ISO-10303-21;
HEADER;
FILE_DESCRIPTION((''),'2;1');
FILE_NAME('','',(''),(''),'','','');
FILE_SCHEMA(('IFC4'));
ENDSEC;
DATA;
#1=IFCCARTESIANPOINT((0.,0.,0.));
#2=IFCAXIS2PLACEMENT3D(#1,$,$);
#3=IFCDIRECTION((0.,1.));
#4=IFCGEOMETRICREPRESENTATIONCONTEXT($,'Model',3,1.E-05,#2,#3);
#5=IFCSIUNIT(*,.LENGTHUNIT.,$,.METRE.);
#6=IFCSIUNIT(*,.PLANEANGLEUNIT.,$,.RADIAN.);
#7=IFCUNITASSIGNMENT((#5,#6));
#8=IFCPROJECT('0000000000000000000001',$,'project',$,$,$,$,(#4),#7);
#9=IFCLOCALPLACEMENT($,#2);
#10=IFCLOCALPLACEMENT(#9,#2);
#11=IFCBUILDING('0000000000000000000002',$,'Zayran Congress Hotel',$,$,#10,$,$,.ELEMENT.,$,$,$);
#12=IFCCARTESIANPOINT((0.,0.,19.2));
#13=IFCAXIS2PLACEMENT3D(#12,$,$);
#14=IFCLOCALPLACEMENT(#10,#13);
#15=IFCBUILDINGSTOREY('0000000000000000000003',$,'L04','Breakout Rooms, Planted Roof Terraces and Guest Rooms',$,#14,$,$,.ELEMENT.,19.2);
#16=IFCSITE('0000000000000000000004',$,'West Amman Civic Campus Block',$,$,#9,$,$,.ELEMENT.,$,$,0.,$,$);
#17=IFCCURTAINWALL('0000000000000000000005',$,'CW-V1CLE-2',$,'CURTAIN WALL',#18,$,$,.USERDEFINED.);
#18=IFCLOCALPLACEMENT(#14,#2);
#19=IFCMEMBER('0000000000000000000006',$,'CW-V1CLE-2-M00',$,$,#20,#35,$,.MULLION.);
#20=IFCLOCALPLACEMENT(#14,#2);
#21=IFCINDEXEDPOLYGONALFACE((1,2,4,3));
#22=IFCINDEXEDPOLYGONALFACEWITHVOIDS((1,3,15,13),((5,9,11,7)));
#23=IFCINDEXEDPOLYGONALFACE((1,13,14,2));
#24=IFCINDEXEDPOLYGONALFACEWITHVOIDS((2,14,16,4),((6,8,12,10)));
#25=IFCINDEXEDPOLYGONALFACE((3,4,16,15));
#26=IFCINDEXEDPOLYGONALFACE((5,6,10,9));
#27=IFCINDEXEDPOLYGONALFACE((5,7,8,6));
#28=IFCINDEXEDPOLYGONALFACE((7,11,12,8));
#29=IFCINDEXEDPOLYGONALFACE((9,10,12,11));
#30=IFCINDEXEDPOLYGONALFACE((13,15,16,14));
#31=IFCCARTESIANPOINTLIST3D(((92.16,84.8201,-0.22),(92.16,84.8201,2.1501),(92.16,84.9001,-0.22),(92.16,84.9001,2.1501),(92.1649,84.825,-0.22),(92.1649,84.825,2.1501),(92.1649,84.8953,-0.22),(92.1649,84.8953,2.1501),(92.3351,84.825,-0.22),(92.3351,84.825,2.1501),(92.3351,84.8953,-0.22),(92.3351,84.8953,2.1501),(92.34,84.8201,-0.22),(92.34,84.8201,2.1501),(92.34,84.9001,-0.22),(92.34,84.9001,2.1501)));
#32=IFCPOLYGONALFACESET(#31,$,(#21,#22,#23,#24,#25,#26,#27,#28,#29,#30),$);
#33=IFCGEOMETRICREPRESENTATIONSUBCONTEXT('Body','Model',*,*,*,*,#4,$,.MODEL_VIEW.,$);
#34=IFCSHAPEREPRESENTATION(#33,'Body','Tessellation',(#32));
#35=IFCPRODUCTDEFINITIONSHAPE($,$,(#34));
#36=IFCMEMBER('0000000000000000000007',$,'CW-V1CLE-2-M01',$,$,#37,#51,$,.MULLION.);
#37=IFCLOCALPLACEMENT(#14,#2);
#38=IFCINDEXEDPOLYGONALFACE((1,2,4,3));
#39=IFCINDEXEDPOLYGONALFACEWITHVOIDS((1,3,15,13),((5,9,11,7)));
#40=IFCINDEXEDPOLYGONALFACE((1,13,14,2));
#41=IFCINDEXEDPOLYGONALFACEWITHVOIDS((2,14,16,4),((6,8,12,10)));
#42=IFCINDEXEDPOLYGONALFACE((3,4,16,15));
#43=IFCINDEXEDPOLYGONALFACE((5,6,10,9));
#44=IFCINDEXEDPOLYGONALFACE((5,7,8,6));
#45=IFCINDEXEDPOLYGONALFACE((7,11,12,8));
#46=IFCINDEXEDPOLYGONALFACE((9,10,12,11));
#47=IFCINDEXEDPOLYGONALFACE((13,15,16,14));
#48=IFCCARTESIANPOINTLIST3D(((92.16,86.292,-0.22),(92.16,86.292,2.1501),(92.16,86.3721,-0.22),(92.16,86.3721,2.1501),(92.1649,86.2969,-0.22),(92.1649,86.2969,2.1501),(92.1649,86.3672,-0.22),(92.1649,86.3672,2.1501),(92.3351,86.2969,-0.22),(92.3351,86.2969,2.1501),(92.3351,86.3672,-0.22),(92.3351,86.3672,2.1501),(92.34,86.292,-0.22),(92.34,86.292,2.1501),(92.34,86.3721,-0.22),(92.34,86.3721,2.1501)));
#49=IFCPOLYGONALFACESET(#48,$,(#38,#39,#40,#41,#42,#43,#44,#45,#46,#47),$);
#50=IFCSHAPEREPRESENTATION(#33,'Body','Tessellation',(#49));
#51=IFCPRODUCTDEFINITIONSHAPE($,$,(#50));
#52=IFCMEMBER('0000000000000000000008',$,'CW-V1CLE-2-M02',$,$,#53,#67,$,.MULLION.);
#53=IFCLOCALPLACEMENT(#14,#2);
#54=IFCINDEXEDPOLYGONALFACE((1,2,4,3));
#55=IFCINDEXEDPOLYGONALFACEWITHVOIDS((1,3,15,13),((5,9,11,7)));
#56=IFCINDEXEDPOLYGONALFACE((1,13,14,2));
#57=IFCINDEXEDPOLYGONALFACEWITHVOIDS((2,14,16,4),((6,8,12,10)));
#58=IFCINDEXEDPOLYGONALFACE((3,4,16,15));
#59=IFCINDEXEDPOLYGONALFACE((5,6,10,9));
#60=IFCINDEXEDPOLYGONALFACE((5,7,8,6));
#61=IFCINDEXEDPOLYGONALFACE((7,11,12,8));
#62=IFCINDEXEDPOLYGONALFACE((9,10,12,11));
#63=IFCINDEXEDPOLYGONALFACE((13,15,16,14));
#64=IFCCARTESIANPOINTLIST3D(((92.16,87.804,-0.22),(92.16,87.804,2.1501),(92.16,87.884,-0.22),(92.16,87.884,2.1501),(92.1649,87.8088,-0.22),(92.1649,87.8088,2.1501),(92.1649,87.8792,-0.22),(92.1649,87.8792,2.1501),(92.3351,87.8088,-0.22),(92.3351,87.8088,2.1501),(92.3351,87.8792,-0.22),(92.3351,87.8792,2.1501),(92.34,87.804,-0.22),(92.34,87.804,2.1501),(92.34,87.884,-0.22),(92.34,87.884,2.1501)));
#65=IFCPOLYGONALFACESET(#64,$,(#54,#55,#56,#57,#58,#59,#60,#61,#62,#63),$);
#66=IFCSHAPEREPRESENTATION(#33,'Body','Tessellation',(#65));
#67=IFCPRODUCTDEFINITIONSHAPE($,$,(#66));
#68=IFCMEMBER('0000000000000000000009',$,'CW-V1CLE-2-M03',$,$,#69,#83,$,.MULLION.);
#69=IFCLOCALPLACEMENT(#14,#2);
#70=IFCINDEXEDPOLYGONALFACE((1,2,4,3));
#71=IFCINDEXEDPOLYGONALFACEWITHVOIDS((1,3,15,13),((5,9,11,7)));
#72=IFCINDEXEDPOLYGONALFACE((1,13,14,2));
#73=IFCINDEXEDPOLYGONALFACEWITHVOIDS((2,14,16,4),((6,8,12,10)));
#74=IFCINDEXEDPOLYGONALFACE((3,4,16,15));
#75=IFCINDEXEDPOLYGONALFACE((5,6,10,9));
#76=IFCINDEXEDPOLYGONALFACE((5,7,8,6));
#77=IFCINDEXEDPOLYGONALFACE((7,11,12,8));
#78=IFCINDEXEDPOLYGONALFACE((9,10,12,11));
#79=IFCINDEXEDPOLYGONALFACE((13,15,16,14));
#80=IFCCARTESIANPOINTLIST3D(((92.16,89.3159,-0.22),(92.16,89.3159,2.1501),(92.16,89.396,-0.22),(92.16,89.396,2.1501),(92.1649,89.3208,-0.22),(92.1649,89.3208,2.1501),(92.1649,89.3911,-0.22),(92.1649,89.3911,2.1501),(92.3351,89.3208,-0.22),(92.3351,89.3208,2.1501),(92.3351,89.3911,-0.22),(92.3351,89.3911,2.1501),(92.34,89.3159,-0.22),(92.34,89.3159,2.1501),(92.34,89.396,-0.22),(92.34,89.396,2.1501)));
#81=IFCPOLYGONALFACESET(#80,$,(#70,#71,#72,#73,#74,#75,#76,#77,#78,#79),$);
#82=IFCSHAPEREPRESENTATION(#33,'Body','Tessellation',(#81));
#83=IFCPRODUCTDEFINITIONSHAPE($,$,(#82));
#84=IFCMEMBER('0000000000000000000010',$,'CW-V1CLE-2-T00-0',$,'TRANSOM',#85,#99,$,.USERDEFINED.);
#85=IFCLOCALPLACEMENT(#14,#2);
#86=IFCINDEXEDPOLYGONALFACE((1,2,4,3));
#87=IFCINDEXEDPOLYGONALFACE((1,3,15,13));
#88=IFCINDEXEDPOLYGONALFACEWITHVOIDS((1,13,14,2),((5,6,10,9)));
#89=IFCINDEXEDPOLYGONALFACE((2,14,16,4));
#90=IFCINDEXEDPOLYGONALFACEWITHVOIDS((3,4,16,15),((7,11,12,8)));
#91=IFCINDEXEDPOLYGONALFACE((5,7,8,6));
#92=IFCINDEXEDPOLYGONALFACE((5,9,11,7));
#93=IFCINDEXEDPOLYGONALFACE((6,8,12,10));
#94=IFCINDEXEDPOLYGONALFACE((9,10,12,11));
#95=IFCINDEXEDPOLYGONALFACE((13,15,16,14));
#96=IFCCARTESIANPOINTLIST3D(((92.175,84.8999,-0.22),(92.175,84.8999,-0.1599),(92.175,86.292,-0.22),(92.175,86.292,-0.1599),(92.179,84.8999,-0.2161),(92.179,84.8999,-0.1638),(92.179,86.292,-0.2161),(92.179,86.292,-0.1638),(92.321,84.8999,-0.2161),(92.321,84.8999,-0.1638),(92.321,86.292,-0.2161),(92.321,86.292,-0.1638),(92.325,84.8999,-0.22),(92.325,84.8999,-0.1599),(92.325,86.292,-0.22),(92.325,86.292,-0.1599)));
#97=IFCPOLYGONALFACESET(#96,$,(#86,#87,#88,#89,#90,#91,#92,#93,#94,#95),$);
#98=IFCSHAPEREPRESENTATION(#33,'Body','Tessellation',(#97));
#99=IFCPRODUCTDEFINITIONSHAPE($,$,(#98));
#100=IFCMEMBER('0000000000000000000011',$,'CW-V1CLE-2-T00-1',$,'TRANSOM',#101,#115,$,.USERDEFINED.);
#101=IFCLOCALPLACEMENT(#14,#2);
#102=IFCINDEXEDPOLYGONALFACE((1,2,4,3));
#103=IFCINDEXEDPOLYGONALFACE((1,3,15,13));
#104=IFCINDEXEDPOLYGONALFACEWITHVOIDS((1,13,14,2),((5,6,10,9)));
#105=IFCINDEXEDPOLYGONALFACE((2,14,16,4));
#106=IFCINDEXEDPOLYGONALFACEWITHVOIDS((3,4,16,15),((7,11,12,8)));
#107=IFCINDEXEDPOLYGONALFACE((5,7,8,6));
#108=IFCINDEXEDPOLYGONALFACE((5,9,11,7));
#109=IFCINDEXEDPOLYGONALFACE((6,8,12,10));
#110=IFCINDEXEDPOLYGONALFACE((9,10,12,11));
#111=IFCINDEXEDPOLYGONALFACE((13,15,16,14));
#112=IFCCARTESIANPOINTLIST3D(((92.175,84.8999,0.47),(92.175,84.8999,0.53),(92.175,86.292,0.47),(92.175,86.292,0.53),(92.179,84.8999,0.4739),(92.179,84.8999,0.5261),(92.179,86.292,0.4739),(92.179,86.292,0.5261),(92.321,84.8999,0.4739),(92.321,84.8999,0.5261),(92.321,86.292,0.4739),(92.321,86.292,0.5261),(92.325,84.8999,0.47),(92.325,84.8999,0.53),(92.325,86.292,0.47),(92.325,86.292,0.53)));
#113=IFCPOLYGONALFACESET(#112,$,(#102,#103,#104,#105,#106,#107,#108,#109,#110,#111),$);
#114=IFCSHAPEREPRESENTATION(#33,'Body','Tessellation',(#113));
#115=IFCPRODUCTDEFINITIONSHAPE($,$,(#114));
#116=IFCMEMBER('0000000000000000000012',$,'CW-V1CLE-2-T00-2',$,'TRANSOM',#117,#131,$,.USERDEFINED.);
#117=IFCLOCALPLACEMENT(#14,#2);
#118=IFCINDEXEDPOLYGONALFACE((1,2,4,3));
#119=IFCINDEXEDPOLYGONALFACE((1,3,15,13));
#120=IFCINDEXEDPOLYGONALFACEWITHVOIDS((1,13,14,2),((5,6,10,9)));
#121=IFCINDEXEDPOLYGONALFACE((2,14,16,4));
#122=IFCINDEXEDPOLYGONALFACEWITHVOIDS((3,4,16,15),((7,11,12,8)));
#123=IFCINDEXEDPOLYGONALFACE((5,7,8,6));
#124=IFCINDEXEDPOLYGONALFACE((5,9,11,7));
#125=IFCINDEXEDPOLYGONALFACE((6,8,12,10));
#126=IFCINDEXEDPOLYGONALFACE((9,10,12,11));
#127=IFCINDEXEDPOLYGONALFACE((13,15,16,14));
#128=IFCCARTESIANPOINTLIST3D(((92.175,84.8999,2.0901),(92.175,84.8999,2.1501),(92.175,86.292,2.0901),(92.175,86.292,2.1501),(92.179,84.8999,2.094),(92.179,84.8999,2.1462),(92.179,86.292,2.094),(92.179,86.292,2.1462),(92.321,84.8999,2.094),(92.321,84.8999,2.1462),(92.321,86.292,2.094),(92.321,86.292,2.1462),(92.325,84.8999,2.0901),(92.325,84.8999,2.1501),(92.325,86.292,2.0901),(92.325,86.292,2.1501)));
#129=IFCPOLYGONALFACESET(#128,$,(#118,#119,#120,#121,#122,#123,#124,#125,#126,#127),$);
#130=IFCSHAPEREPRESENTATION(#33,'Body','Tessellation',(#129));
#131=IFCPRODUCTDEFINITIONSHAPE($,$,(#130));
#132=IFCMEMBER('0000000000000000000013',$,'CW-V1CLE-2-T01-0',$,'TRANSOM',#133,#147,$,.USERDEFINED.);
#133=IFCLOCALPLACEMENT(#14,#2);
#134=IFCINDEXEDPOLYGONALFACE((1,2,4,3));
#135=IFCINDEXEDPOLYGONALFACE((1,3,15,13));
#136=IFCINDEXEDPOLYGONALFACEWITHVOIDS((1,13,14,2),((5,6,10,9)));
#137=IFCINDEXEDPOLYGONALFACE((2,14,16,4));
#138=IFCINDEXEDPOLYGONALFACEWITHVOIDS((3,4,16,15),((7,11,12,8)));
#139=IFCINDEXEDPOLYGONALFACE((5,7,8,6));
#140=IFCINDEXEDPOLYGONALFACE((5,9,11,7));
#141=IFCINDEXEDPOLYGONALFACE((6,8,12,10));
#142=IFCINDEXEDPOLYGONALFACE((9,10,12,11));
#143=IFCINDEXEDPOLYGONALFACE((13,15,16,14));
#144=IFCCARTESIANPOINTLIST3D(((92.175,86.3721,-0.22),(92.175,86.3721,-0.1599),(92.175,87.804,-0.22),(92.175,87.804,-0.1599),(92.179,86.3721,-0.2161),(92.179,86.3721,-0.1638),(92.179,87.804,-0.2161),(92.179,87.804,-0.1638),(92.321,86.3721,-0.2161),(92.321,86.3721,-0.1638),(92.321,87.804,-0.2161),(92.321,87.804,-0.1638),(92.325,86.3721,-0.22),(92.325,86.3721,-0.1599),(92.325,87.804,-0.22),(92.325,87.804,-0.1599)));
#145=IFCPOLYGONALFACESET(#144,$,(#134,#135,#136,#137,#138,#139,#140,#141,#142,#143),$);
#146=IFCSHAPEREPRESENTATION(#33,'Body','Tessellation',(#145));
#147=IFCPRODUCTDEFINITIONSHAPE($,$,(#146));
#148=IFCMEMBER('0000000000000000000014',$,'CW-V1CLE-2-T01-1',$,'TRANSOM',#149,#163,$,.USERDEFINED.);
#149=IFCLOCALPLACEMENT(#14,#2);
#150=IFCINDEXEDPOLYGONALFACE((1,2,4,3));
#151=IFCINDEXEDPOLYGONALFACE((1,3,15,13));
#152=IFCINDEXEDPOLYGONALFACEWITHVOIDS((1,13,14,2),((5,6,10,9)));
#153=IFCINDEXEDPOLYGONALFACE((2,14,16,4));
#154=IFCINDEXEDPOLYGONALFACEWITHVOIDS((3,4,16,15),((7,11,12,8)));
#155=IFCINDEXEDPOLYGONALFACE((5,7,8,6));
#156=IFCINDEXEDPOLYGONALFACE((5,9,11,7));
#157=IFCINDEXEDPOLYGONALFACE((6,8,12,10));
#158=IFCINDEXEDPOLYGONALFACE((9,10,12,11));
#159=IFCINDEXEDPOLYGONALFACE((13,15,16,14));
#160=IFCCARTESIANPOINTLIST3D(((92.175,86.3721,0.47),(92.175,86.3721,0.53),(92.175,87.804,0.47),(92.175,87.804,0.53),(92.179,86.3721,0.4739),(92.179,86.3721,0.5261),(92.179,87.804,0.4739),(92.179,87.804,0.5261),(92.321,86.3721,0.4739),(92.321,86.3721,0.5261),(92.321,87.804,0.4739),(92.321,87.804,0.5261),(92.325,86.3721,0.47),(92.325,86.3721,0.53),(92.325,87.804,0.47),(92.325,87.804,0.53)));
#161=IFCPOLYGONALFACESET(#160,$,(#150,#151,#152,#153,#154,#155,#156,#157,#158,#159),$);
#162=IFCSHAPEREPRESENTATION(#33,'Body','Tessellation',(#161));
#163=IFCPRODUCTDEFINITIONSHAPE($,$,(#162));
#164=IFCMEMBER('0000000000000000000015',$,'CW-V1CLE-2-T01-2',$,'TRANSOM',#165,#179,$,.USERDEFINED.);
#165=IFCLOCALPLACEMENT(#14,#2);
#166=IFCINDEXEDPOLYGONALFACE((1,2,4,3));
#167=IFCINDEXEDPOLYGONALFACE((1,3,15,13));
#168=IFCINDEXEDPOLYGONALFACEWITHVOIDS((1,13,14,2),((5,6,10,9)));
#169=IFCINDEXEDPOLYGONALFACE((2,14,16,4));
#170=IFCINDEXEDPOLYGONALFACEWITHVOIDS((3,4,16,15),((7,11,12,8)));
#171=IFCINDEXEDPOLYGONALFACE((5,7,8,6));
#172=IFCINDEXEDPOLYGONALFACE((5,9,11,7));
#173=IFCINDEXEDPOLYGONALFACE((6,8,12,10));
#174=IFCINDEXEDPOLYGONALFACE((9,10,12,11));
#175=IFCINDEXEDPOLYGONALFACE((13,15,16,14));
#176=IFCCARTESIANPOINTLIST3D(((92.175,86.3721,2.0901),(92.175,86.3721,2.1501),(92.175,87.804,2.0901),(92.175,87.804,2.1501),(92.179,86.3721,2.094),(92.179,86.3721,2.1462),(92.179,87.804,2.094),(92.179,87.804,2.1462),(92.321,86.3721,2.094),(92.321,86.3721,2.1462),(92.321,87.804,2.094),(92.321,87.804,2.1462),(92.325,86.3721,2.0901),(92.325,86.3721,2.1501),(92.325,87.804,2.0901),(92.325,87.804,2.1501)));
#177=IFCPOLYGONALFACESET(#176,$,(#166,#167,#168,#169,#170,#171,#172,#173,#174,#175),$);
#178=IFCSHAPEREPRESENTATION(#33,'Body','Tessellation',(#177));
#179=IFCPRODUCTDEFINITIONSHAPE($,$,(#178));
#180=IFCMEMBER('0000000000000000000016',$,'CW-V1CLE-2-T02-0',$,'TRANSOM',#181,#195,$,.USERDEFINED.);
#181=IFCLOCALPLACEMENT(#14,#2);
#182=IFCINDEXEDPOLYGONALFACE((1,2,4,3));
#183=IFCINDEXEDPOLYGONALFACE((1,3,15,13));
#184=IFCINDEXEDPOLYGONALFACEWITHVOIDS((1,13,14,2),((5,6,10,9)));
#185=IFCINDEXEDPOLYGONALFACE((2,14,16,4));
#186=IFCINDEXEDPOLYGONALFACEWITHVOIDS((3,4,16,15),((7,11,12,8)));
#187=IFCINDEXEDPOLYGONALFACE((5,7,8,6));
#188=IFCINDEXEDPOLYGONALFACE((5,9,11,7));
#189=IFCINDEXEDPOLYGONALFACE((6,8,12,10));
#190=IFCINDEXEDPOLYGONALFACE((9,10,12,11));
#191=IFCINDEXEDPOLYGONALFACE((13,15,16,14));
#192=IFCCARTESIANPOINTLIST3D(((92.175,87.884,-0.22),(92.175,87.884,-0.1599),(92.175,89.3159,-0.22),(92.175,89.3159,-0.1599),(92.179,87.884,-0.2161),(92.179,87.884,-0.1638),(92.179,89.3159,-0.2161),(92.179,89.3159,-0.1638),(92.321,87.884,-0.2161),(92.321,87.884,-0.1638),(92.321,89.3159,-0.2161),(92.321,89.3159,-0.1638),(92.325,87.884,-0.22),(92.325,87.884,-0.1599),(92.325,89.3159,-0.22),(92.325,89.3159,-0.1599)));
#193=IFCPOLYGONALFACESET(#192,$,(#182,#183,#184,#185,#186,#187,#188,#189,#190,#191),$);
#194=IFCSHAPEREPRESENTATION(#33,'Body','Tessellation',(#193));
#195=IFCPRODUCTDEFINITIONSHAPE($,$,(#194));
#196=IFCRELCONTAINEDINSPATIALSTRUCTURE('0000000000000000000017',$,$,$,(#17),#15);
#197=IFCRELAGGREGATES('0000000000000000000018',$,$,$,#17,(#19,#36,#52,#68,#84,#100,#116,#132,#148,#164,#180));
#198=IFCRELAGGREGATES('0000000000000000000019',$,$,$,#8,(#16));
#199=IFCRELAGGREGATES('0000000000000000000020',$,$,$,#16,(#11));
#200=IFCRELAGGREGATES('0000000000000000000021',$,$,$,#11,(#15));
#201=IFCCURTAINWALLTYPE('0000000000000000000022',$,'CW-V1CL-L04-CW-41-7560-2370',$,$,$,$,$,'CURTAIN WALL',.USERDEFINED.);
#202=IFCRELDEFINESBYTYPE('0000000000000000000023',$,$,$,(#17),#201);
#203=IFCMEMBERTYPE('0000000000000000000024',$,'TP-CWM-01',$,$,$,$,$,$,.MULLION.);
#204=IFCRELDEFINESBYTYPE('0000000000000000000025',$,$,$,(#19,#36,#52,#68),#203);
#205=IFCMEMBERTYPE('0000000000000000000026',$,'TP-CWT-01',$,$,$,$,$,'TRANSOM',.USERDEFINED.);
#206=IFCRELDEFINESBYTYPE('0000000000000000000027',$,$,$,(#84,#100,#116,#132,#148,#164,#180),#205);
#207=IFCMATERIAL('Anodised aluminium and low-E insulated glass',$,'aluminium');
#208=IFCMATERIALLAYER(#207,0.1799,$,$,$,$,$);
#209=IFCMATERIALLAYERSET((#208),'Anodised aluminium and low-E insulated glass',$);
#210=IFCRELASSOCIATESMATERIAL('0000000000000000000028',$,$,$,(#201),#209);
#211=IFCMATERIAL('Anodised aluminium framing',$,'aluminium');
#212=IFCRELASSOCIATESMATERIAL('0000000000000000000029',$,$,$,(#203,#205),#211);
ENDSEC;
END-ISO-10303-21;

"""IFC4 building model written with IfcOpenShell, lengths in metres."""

from ifc_helpers import new_model, si_unit, direction, frame, origin, origin_2d, place, context, subcontext, project, spatial, hollow_rectangle, extrude, material, layer, layer_set, material_profile, profile_set, type_object, element, aggregate, save


model = new_model("IFC4")

# Units and contexts
model_context = context("Model", 3, precision=1e-05, world=origin(), true_north=direction((0.0, 1.0)))
body_context = subcontext(model_context, "Body", "Model", "MODEL_VIEW")
ifc_project = project(units=[si_unit("LENGTHUNIT", "METRE"), si_unit("PLANEANGLEUNIT", "RADIAN")], contexts=[model_context])

# Site, building, storey
site_placement = place(None, origin())
site = spatial("IfcSite", under=ifc_project, at=site_placement, Name="West Amman Civic Campus Block", CompositionType="ELEMENT", RefElevation=0.0)
building_placement = place(site_placement, origin())
building = spatial("IfcBuilding", under=site, at=building_placement, Name="Zayran Congress Hotel", CompositionType="ELEMENT")
storey_placement = place(building_placement, frame((0.0, 0.0, 19.2)))
storey = spatial("IfcBuildingStorey", under=building, at=storey_placement, Name="L04", Description="Breakout Rooms, Planted Roof Terraces and Guest Rooms", CompositionType="ELEMENT", Elevation=19.2)

# Curtain wall, members
ifc_material_1 = material(Name="Anodised aluminium and low-E insulated glass", Category="aluminium")
ifc_layer_1 = layer(ifc_material_1, 0.1799)
ifc_layer_set_1 = layer_set([ifc_layer_1], Name="Anodised aluminium and low-E insulated glass")
curtain_wall_type = type_object("IfcCurtainWallType", Name="CW-V1CL-L04-CW-41-7560-2370", ElementType="CURTAIN WALL", PredefinedType="USERDEFINED", material=ifc_layer_set_1)
curtain_wall_placement = place(storey_placement, origin())
curtain_wall = element("IfcCurtainWall", 1, at=curtain_wall_placement, inside=storey, type_object=curtain_wall_type, Name="CW-V1CLE-2", ObjectType="CURTAIN WALL", PredefinedType="USERDEFINED")
ifc_material_2 = material(Name="Anodised aluminium framing", Category="aluminium")
ifc_material_profile_1 = material_profile(ifc_material_2, hollow_rectangle(XDim=0.0801, YDim=0.1799, WallThickness=0.0049, at=origin_2d()), Name="RHS 180x80x5")
ifc_profile_set_1 = profile_set([ifc_material_profile_1], Name="Anodised aluminium framing")
member_type_1 = type_object("IfcMemberType", Name="TP-CWM-01", PredefinedType="MULLION", material=ifc_profile_set_1)
member_1_placement = place(storey_placement, frame((92.25, 84.8601, -0.22), z_axis=(0.0, 0.0, 1.0), x_axis=(0.0, 1.0, 0.0)))
member_1 = element("IfcMember", 2, at=member_1_placement, type_object=member_type_1, Name="CW-V1CLE-2-M00", PredefinedType="MULLION", context=body_context, shape_type="SweptSolid", body=[
    extrude(hollow_rectangle(XDim=0.0801, YDim=0.1799, WallThickness=0.0049, at=origin_2d()), origin(), (0.0, 0.0, 1.0), 2.3701),
])
member_2_placement = place(storey_placement, frame((92.25, 86.332, -0.22), z_axis=(0.0, 0.0, 1.0), x_axis=(0.0, 1.0, 0.0)))
member_2 = element("IfcMember", 3, at=member_2_placement, type_object=member_type_1, Name="CW-V1CLE-2-M01", PredefinedType="MULLION", context=body_context, shape_type="SweptSolid", body=[
    extrude(hollow_rectangle(XDim=0.0801, YDim=0.1799, WallThickness=0.0049, at=origin_2d()), origin(), (0.0, 0.0, 1.0), 2.3701),
])
member_3_placement = place(storey_placement, frame((92.25, 87.844, -0.22), z_axis=(0.0, 0.0, 1.0), x_axis=(0.0, 1.0, 0.0)))
member_3 = element("IfcMember", 4, at=member_3_placement, type_object=member_type_1, Name="CW-V1CLE-2-M02", PredefinedType="MULLION", context=body_context, shape_type="SweptSolid", body=[
    extrude(hollow_rectangle(XDim=0.0801, YDim=0.1799, WallThickness=0.0049, at=origin_2d()), origin(), (0.0, 0.0, 1.0), 2.3701),
])
member_4_placement = place(storey_placement, frame((92.25, 89.356, -0.22), z_axis=(0.0, 0.0, 1.0), x_axis=(0.0, 1.0, 0.0)))
member_4 = element("IfcMember", 5, at=member_4_placement, type_object=member_type_1, Name="CW-V1CLE-2-M03", PredefinedType="MULLION", context=body_context, shape_type="SweptSolid", body=[
    extrude(hollow_rectangle(XDim=0.0801, YDim=0.1799, WallThickness=0.0049, at=origin_2d()), origin(), (0.0, 0.0, 1.0), 2.3701),
])
ifc_material_profile_2 = material_profile(ifc_material_2, hollow_rectangle(XDim=0.0601, YDim=0.1499, WallThickness=0.0039, at=origin_2d()), Name="RHS 150x60x4")
ifc_profile_set_2 = profile_set([ifc_material_profile_2], Name="Anodised aluminium framing")
member_type_2 = type_object("IfcMemberType", Name="TP-CWT-01", ElementType="TRANSOM", PredefinedType="USERDEFINED", material=ifc_profile_set_2)
member_5_placement = place(storey_placement, frame((92.25, 84.8999, -0.1899), z_axis=(0.0, 1.0, 0.0), x_axis=(0.0, 0.0, 1.0)))
member_5 = element("IfcMember", 6, at=member_5_placement, type_object=member_type_2, Name="CW-V1CLE-2-T00-0", ObjectType="TRANSOM", PredefinedType="USERDEFINED", context=body_context, shape_type="SweptSolid", body=[
    extrude(hollow_rectangle(XDim=0.0601, YDim=0.1499, WallThickness=0.0039, at=origin_2d()), origin(), (0.0, 0.0, 1.0), 1.3921),
])
member_6_placement = place(storey_placement, frame((92.25, 84.8999, 0.5), z_axis=(0.0, 1.0, 0.0), x_axis=(0.0, 0.0, 1.0)))
member_6 = element("IfcMember", 7, at=member_6_placement, type_object=member_type_2, Name="CW-V1CLE-2-T00-1", ObjectType="TRANSOM", PredefinedType="USERDEFINED", context=body_context, shape_type="SweptSolid", body=[
    extrude(hollow_rectangle(XDim=0.0601, YDim=0.1499, WallThickness=0.0039, at=origin_2d()), origin(), (0.0, 0.0, 1.0), 1.3921),
])
member_7_placement = place(storey_placement, frame((92.25, 84.8999, 2.1201), z_axis=(0.0, 1.0, 0.0), x_axis=(0.0, 0.0, 1.0)))
member_7 = element("IfcMember", 8, at=member_7_placement, type_object=member_type_2, Name="CW-V1CLE-2-T00-2", ObjectType="TRANSOM", PredefinedType="USERDEFINED", context=body_context, shape_type="SweptSolid", body=[
    extrude(hollow_rectangle(XDim=0.0601, YDim=0.1499, WallThickness=0.0039, at=origin_2d()), origin(), (0.0, 0.0, 1.0), 1.3921),
])
member_8_placement = place(storey_placement, frame((92.25, 86.3721, -0.1899), z_axis=(0.0, 1.0, 0.0), x_axis=(0.0, 0.0, 1.0)))
member_8 = element("IfcMember", 9, at=member_8_placement, type_object=member_type_2, Name="CW-V1CLE-2-T01-0", ObjectType="TRANSOM", PredefinedType="USERDEFINED", context=body_context, shape_type="SweptSolid", body=[
    extrude(hollow_rectangle(XDim=0.0601, YDim=0.1499, WallThickness=0.0039, at=origin_2d()), origin(), (0.0, 0.0, 1.0), 1.4319),
])
member_9_placement = place(storey_placement, frame((92.25, 86.3721, 0.5), z_axis=(0.0, 1.0, 0.0), x_axis=(0.0, 0.0, 1.0)))
member_9 = element("IfcMember", 10, at=member_9_placement, type_object=member_type_2, Name="CW-V1CLE-2-T01-1", ObjectType="TRANSOM", PredefinedType="USERDEFINED", context=body_context, shape_type="SweptSolid", body=[
    extrude(hollow_rectangle(XDim=0.0601, YDim=0.1499, WallThickness=0.0039, at=origin_2d()), origin(), (0.0, 0.0, 1.0), 1.4319),
])
member_10_placement = place(storey_placement, frame((92.25, 86.3721, 2.1201), z_axis=(0.0, 1.0, 0.0), x_axis=(0.0, 0.0, 1.0)))
member_10 = element("IfcMember", 11, at=member_10_placement, type_object=member_type_2, Name="CW-V1CLE-2-T01-2", ObjectType="TRANSOM", PredefinedType="USERDEFINED", context=body_context, shape_type="SweptSolid", body=[
    extrude(hollow_rectangle(XDim=0.0601, YDim=0.1499, WallThickness=0.0039, at=origin_2d()), origin(), (0.0, 0.0, 1.0), 1.4319),
])
member_11_placement = place(storey_placement, frame((92.25, 87.884, -0.1899), z_axis=(0.0, 1.0, 0.0), x_axis=(0.0, 0.0, 1.0)))
member_11 = element("IfcMember", 12, at=member_11_placement, type_object=member_type_2, Name="CW-V1CLE-2-T02-0", ObjectType="TRANSOM", PredefinedType="USERDEFINED", context=body_context, shape_type="SweptSolid", body=[
    extrude(hollow_rectangle(XDim=0.0601, YDim=0.1499, WallThickness=0.0039, at=origin_2d()), origin(), (0.0, 0.0, 1.0), 1.4319),
])
aggregate(curtain_wall, [member_1, member_2, member_3, member_4, member_5, member_6, member_7, member_8, member_9, member_10, member_11])

save(model, "model.ifc")
